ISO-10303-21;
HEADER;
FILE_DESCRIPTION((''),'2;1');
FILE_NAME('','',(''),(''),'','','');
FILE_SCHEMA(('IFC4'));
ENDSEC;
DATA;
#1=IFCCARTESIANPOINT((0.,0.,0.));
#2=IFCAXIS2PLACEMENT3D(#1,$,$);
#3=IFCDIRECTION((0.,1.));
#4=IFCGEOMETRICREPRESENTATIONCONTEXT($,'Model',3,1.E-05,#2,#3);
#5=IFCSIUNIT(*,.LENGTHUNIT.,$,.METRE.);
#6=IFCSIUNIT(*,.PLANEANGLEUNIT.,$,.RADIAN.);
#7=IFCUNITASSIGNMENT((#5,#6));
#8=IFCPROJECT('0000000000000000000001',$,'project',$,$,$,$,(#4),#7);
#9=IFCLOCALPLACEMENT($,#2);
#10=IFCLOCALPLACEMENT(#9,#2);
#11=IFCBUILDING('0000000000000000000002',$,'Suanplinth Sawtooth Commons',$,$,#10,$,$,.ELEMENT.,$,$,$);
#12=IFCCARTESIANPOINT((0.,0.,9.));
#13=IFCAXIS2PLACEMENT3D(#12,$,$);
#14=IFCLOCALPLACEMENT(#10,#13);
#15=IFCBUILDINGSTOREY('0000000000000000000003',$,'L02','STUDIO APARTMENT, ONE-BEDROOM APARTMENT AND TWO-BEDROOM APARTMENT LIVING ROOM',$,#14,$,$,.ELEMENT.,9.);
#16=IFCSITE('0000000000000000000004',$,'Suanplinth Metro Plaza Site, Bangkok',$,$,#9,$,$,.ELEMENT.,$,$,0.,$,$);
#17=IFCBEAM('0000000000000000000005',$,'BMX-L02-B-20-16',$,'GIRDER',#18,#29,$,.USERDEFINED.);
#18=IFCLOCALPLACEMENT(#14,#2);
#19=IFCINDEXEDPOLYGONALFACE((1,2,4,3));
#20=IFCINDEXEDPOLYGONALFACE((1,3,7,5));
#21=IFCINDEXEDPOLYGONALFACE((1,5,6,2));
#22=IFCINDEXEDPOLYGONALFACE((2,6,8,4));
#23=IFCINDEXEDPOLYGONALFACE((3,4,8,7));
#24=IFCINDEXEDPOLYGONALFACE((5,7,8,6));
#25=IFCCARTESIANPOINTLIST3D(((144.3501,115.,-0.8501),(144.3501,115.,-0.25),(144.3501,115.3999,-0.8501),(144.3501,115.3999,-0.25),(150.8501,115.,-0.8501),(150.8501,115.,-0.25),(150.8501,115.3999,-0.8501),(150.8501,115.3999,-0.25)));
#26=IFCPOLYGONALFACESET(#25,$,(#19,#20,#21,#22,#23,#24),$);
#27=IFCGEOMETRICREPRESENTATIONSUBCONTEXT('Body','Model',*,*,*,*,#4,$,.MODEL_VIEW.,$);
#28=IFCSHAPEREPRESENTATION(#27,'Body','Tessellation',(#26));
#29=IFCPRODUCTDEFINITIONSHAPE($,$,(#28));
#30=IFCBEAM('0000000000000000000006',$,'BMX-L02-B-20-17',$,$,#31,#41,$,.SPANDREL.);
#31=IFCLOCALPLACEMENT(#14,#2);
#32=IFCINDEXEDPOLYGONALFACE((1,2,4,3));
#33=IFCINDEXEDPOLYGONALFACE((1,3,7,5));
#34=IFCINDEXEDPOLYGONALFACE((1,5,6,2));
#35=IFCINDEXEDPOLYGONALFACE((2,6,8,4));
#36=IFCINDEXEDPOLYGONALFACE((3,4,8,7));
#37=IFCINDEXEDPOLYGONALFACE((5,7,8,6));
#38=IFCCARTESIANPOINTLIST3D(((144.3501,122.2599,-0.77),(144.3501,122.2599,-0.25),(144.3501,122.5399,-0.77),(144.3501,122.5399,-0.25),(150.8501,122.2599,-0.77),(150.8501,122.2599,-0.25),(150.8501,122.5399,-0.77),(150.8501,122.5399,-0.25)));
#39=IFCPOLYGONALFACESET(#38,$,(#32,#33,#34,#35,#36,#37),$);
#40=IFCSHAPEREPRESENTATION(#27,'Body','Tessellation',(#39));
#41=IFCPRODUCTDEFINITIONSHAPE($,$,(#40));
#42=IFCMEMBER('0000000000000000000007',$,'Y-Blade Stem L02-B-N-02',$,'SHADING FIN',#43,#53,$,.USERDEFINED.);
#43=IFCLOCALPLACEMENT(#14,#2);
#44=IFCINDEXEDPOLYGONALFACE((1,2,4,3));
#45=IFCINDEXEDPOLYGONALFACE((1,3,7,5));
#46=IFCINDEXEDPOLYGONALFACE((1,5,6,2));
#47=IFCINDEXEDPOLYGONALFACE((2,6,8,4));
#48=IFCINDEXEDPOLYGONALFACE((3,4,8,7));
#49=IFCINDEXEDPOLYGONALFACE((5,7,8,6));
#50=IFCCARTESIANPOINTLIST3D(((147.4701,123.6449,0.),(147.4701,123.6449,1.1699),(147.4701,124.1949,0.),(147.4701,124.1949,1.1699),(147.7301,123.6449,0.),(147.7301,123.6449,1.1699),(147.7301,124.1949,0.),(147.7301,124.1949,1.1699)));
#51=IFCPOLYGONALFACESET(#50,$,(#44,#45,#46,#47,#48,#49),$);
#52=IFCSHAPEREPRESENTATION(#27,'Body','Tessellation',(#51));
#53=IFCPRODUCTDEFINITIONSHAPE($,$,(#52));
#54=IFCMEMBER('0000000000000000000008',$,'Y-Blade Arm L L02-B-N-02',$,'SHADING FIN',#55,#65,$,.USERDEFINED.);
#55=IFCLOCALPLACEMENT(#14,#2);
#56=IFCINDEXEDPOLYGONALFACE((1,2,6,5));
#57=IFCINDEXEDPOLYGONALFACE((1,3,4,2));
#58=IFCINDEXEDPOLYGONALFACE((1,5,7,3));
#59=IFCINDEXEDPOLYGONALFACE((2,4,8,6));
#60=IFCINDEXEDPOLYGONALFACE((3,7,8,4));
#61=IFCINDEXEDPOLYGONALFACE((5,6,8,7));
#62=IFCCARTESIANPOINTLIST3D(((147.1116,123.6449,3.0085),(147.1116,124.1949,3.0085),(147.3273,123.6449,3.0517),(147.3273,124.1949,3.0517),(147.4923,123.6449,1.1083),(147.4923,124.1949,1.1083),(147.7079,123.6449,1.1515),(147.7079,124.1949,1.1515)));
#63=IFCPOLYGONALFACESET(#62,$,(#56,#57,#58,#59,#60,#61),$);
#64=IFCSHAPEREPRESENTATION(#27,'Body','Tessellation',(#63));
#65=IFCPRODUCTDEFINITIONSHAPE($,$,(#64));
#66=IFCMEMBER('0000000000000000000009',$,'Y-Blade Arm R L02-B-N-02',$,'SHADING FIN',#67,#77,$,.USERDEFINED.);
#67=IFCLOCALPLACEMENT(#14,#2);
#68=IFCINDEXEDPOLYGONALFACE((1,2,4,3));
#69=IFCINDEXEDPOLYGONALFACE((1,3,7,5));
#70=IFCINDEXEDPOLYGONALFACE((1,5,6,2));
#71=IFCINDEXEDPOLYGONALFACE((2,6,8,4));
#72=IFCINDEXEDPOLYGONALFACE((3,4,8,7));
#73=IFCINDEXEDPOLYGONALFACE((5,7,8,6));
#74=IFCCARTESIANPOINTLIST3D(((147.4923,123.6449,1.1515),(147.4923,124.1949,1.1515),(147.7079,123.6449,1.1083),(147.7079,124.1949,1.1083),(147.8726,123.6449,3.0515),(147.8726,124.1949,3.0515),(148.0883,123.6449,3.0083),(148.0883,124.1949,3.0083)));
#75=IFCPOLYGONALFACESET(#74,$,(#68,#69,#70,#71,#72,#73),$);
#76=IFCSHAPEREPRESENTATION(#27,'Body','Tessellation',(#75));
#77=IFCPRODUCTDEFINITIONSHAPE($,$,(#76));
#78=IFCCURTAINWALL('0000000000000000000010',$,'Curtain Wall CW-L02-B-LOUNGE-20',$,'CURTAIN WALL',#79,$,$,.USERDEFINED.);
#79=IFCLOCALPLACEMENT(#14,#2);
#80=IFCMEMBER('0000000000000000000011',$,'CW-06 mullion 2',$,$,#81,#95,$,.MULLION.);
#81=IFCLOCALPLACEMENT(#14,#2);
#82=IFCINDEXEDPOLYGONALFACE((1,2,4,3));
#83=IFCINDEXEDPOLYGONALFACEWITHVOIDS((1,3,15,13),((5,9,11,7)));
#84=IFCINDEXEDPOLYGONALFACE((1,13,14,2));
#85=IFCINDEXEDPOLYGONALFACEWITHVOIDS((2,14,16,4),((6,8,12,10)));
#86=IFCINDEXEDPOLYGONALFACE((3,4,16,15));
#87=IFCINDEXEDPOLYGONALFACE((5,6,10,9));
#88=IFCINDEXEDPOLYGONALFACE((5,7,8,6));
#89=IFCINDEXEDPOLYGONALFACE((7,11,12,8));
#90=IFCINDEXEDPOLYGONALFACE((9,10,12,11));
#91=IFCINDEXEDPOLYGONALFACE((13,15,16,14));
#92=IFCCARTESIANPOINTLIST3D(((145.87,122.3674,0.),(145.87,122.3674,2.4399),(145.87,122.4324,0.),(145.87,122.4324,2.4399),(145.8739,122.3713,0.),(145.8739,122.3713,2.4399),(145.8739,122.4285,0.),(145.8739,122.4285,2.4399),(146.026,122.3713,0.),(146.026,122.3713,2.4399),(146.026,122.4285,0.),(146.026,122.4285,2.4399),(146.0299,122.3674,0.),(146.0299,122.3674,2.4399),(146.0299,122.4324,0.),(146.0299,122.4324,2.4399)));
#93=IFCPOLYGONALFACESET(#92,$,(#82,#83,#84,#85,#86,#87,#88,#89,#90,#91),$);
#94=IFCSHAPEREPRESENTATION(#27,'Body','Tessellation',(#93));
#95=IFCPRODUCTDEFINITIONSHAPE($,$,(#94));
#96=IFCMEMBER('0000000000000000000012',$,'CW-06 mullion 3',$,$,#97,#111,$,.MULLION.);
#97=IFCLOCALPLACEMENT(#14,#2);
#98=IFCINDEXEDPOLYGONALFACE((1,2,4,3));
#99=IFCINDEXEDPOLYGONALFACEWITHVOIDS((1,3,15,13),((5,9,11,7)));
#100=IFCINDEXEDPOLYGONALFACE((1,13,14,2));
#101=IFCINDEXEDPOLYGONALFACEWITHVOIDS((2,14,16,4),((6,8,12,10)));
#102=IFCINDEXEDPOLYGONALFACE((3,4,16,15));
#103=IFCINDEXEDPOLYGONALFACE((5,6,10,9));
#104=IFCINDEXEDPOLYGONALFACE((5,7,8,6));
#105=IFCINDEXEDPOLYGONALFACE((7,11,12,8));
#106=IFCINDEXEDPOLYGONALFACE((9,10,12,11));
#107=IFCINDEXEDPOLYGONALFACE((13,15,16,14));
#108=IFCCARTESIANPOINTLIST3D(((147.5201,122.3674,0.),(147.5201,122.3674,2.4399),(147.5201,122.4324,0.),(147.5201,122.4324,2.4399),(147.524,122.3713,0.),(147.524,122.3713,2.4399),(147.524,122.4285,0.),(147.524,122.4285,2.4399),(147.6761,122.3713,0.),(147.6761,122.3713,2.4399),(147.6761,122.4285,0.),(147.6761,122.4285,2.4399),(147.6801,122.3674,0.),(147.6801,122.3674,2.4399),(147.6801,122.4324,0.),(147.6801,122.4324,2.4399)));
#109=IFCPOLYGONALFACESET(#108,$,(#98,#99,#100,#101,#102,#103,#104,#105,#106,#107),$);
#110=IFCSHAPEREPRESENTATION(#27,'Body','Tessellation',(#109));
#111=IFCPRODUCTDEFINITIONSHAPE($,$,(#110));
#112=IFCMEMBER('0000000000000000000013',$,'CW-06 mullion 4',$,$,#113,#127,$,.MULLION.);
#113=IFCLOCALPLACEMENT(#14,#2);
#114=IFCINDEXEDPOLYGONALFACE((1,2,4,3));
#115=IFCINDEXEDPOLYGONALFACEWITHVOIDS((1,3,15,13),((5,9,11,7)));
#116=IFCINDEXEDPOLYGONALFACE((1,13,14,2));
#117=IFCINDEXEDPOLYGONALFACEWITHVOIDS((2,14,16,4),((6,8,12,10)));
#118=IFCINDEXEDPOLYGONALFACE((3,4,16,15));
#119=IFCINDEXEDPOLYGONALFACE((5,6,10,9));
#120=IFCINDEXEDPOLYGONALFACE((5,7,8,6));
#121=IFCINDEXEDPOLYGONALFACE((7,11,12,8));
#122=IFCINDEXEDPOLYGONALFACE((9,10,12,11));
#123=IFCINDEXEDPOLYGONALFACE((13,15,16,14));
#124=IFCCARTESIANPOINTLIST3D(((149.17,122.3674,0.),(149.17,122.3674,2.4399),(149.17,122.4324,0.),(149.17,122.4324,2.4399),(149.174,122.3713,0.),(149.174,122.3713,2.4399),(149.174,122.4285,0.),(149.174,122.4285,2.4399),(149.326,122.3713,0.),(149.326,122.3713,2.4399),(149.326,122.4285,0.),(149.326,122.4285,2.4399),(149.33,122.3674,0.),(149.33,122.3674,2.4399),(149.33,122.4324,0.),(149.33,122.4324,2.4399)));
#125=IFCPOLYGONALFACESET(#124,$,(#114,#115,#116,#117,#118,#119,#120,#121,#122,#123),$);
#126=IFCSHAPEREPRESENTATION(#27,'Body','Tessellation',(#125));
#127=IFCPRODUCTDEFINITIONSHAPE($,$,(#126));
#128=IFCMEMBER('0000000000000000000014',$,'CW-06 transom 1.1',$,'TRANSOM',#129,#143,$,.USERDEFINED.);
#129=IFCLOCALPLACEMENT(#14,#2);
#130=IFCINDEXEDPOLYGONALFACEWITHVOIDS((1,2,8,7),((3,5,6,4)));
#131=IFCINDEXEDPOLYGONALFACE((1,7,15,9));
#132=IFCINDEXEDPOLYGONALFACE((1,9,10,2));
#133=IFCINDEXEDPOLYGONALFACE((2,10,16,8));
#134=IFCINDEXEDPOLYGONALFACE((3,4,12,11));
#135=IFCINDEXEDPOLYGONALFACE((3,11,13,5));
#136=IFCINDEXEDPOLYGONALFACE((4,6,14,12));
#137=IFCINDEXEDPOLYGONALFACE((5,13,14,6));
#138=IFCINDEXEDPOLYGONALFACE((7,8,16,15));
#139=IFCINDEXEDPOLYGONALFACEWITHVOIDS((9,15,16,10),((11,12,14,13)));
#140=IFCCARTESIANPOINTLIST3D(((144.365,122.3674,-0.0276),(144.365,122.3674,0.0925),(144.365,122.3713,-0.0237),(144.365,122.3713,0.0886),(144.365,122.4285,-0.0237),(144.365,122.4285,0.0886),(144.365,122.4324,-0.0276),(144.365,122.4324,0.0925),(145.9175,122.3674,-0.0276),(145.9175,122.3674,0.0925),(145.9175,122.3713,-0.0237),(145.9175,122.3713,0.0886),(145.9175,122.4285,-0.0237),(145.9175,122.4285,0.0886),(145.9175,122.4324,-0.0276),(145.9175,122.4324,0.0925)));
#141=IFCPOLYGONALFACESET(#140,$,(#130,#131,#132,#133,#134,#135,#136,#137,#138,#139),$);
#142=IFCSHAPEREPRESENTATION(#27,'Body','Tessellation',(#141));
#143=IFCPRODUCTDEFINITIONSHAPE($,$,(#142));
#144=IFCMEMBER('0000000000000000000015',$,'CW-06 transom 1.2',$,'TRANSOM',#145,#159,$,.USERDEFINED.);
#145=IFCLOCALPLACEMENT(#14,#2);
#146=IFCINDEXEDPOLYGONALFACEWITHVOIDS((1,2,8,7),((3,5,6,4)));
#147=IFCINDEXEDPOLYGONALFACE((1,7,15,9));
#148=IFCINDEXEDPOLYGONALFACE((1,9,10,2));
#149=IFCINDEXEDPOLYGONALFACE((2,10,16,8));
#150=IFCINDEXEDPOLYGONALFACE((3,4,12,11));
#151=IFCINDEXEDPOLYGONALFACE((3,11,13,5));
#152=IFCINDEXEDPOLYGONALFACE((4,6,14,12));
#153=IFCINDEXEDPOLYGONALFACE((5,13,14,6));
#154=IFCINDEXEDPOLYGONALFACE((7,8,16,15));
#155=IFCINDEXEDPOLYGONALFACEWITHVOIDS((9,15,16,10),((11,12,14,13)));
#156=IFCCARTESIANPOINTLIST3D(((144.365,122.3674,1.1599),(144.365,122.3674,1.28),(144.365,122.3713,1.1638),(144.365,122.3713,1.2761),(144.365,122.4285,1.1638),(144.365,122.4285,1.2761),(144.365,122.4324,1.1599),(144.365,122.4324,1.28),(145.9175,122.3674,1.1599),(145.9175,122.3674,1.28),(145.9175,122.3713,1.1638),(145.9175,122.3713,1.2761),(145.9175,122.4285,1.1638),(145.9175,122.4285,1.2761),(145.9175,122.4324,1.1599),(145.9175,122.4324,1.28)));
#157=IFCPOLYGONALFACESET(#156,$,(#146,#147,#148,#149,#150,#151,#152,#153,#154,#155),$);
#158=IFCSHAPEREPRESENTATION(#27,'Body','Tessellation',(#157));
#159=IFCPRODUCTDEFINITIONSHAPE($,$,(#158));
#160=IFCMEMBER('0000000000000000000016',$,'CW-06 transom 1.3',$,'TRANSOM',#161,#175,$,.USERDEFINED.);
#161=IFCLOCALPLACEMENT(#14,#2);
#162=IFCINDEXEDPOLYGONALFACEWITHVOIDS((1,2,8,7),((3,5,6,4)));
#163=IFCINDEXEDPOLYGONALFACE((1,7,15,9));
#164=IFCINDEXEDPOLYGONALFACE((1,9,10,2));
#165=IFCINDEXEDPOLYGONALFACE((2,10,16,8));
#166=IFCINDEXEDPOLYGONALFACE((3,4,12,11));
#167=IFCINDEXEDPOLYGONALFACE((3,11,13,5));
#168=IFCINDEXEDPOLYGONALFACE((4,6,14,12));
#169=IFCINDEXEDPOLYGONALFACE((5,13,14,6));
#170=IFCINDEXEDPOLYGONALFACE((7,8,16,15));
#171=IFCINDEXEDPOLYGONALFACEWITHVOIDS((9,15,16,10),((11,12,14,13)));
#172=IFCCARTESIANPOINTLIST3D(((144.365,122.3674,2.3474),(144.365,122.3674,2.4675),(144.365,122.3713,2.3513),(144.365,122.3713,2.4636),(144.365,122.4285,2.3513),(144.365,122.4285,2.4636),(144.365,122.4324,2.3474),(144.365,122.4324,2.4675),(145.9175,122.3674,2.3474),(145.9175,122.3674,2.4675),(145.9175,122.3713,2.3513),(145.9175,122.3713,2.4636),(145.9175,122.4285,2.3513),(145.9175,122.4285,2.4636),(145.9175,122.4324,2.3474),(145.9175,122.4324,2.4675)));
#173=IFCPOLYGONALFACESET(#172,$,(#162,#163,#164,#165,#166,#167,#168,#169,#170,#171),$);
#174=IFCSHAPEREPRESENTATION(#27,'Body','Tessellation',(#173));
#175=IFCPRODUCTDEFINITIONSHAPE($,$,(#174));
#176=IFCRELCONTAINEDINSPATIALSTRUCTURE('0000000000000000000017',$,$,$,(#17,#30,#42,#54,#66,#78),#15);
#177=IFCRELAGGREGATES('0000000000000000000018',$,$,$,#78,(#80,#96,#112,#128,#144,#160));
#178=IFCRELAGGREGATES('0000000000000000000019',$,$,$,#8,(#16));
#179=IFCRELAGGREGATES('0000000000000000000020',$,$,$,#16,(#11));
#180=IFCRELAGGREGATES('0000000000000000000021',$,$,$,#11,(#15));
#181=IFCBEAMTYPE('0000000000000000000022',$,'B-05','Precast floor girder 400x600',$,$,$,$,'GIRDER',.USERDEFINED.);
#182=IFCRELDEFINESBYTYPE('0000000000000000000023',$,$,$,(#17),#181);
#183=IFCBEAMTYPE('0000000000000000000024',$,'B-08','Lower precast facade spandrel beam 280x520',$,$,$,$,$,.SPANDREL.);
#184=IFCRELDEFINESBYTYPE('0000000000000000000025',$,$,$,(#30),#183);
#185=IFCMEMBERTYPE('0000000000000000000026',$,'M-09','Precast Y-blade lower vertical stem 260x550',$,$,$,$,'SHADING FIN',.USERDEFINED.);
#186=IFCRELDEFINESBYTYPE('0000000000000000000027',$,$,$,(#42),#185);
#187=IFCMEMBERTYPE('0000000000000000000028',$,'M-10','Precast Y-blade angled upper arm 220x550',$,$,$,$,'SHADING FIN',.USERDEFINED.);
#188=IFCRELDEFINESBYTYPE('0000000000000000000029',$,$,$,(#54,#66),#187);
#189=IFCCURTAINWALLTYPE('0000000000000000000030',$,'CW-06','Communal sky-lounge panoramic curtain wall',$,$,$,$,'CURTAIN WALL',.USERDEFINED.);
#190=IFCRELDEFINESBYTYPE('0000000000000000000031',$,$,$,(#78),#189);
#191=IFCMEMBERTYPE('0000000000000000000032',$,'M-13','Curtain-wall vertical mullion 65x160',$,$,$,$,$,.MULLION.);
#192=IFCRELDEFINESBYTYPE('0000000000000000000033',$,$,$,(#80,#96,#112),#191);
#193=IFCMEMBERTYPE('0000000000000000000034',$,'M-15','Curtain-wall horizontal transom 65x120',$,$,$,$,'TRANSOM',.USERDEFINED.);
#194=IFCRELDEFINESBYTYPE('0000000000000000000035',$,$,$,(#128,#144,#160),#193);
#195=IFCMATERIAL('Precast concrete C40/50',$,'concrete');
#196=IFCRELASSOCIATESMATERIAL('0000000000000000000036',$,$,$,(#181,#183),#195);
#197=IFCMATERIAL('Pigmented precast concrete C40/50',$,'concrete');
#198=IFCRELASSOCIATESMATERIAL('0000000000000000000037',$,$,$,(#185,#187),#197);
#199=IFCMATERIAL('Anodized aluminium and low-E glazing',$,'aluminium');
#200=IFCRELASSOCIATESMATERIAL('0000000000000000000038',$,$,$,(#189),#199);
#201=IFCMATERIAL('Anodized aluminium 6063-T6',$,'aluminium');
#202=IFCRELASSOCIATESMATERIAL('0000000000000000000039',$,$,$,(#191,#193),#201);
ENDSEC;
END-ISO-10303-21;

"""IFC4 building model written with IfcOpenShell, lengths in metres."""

from ifc_helpers import new_model, si_unit, direction, frame, origin, origin_2d, place, context, subcontext, project, spatial, rectangle, hollow_rectangle, extrude, material, material_profile, profile_set, type_object, element, aggregate, save


model = new_model("IFC4")

# Units and contexts
model_context = context("Model", 3, precision=1e-05, world=origin(), true_north=direction((0.0, 1.0)))
body_context = subcontext(model_context, "Body", "Model", "MODEL_VIEW")
ifc_project = project(units=[si_unit("LENGTHUNIT", "METRE"), si_unit("PLANEANGLEUNIT", "RADIAN")], contexts=[model_context])

# Site, building, storey
site_placement = place(None, origin())
site = spatial("IfcSite", under=ifc_project, at=site_placement, Name="Suanplinth Metro Plaza Site, Bangkok", CompositionType="ELEMENT", RefElevation=0.0)
building_placement = place(site_placement, origin())
building = spatial("IfcBuilding", under=site, at=building_placement, Name="Suanplinth Sawtooth Commons", CompositionType="ELEMENT")
storey_placement = place(building_placement, frame((0.0, 0.0, 9.0)))
storey = spatial("IfcBuildingStorey", under=building, at=storey_placement, Name="L02", Description="STUDIO APARTMENT, ONE-BEDROOM APARTMENT AND TWO-BEDROOM APARTMENT LIVING ROOM", CompositionType="ELEMENT", Elevation=9.0)

# Beams
ifc_material_1 = material(Name="Precast concrete C40/50", Category="concrete")
ifc_material_profile_1 = material_profile(ifc_material_1, rectangle(XDim=0.3999, YDim=0.6001, at=origin_2d()), Name="PC-GDR 400x600")
ifc_profile_set_1 = profile_set([ifc_material_profile_1], Name="Precast concrete C40/50")
beam_type_1 = type_object("IfcBeamType", Name="B-05", Description="Precast floor girder 400x600", ElementType="GIRDER", PredefinedType="USERDEFINED", material=ifc_profile_set_1)
beam_1_placement = place(storey_placement, frame((144.3501, 115.2, -0.55), z_axis=(1.0, 0.0, 0.0), x_axis=(0.0, 1.0, 0.0)))
element("IfcBeam", 1, at=beam_1_placement, inside=storey, type_object=beam_type_1, Name="BMX-L02-B-20-16", ObjectType="GIRDER", PredefinedType="USERDEFINED", context=body_context, shape_type="SweptSolid", body=[
    extrude(rectangle(XDim=0.3999, YDim=0.6001, at=origin_2d()), origin(), (0.0, 0.0, 1.0), 6.5),
])
ifc_material_profile_2 = material_profile(ifc_material_1, rectangle(XDim=0.28, YDim=0.52, at=origin_2d()), Name="PC-SP 280x520")
ifc_profile_set_2 = profile_set([ifc_material_profile_2], Name="Precast concrete C40/50")
beam_type_2 = type_object("IfcBeamType", Name="B-08", Description="Lower precast facade spandrel beam 280x520", PredefinedType="SPANDREL", material=ifc_profile_set_2)
beam_2_placement = place(storey_placement, frame((144.3501, 122.3999, -0.51), z_axis=(1.0, 0.0, 0.0), x_axis=(0.0, 1.0, 0.0)))
element("IfcBeam", 2, at=beam_2_placement, inside=storey, type_object=beam_type_2, Name="BMX-L02-B-20-17", PredefinedType="SPANDREL", context=body_context, shape_type="SweptSolid", body=[
    extrude(rectangle(XDim=0.28, YDim=0.52, at=origin_2d()), origin(), (0.0, 0.0, 1.0), 6.5),
])

# Members
ifc_material_2 = material(Name="Pigmented precast concrete C40/50", Category="concrete")
ifc_material_profile_3 = material_profile(ifc_material_2, rectangle(XDim=0.26, YDim=0.55, at=origin_2d()), Name="PC-FIN 260x550")
ifc_profile_set_3 = profile_set([ifc_material_profile_3], Name="Pigmented precast concrete C40/50")
member_type_1 = type_object("IfcMemberType", Name="M-09", Description="Precast Y-blade lower vertical stem 260x550", ElementType="SHADING FIN", PredefinedType="USERDEFINED", material=ifc_profile_set_3)
member_1_placement = place(storey_placement, frame((147.6001, 123.9199, 0.0), z_axis=(0.0, 0.0, 1.0), x_axis=(1.0, 0.0, 0.0)))
element("IfcMember", 3, at=member_1_placement, inside=storey, type_object=member_type_1, Name="Y-Blade Stem L02-B-N-02", ObjectType="SHADING FIN", PredefinedType="USERDEFINED", context=body_context, shape_type="SweptSolid", body=[
    extrude(rectangle(XDim=0.26, YDim=0.55, at=origin_2d()), origin(), (0.0, 0.0, 1.0), 1.1699),
])
ifc_material_profile_4 = material_profile(ifc_material_2, rectangle(XDim=0.22, YDim=0.55, at=origin_2d()), Name="PC-FIN 220x550")
ifc_profile_set_4 = profile_set([ifc_material_profile_4], Name="Pigmented precast concrete C40/50")
member_type_2 = type_object("IfcMemberType", Name="M-10", Description="Precast Y-blade angled upper arm 220x550", ElementType="SHADING FIN", PredefinedType="USERDEFINED", material=ifc_profile_set_4)
member_2_placement = place(storey_placement, frame((147.6001, 123.9199, 1.1299), z_axis=(-0.196407, 0.0, 0.980522), x_axis=(0.980522, 0.0, 0.196407)))
element("IfcMember", 4, at=member_2_placement, inside=storey, type_object=member_type_2, Name="Y-Blade Arm L L02-B-N-02", ObjectType="SHADING FIN", PredefinedType="USERDEFINED", context=body_context, shape_type="SweptSolid", body=[
    extrude(rectangle(XDim=0.22, YDim=0.55, at=origin_2d()), origin(), (0.0, 0.0, 1.0), 1.938),
])
member_3_placement = place(storey_placement, frame((147.6001, 123.9199, 1.1299), z_axis=(0.196286, 0.0, 0.980547), x_axis=(-0.980547, 0.0, 0.196286)))
element("IfcMember", 5, at=member_3_placement, inside=storey, type_object=member_type_2, Name="Y-Blade Arm R L02-B-N-02", ObjectType="SHADING FIN", PredefinedType="USERDEFINED", context=body_context, shape_type="SweptSolid", body=[
    extrude(rectangle(XDim=0.22, YDim=0.55, at=origin_2d()), origin(), (0.0, 0.0, 1.0), 1.9377),
])

# Curtain wall, members
ifc_material_3 = material(Name="Anodized aluminium and low-E glazing", Category="aluminium")
curtain_wall_type = type_object("IfcCurtainWallType", Name="CW-06", Description="Communal sky-lounge panoramic curtain wall", ElementType="CURTAIN WALL", PredefinedType="USERDEFINED", material=ifc_material_3)
curtain_wall_placement = place(storey_placement, origin())
curtain_wall = element("IfcCurtainWall", 6, at=curtain_wall_placement, inside=storey, type_object=curtain_wall_type, Name="Curtain Wall CW-L02-B-LOUNGE-20", ObjectType="CURTAIN WALL", PredefinedType="USERDEFINED")
ifc_material_4 = material(Name="Anodized aluminium 6063-T6", Category="aluminium")
ifc_material_profile_5 = material_profile(ifc_material_4, hollow_rectangle(XDim=0.0649, YDim=0.1599, WallThickness=0.0039, at=origin_2d()), Name="ALU-MUL 65x160")
ifc_profile_set_5 = profile_set([ifc_material_profile_5], Name="Anodized aluminium 6063-T6")
member_type_3 = type_object("IfcMemberType", Name="M-13", Description="Curtain-wall vertical mullion 65x160", PredefinedType="MULLION", material=ifc_profile_set_5)
member_4_placement = place(storey_placement, frame((145.95, 122.3999, 0.0), z_axis=(0.0, 0.0, 1.0), x_axis=(0.0, 1.0, 0.0)))
member_4 = element("IfcMember", 7, at=member_4_placement, type_object=member_type_3, Name="CW-06 mullion 2", PredefinedType="MULLION", context=body_context, shape_type="SweptSolid", body=[
    extrude(hollow_rectangle(XDim=0.0649, YDim=0.1599, WallThickness=0.0039, at=origin_2d()), origin(), (0.0, 0.0, 1.0), 2.4399),
])
member_5_placement = place(storey_placement, frame((147.6001, 122.3999, 0.0), z_axis=(0.0, 0.0, 1.0), x_axis=(0.0, 1.0, 0.0)))
member_5 = element("IfcMember", 8, at=member_5_placement, type_object=member_type_3, Name="CW-06 mullion 3", PredefinedType="MULLION", context=body_context, shape_type="SweptSolid", body=[
    extrude(hollow_rectangle(XDim=0.0649, YDim=0.1599, WallThickness=0.0039, at=origin_2d()), origin(), (0.0, 0.0, 1.0), 2.4399),
])
member_6_placement = place(storey_placement, frame((149.25, 122.3999, 0.0), z_axis=(0.0, 0.0, 1.0), x_axis=(0.0, 1.0, 0.0)))
member_6 = element("IfcMember", 9, at=member_6_placement, type_object=member_type_3, Name="CW-06 mullion 4", PredefinedType="MULLION", context=body_context, shape_type="SweptSolid", body=[
    extrude(hollow_rectangle(XDim=0.0649, YDim=0.1599, WallThickness=0.0039, at=origin_2d()), origin(), (0.0, 0.0, 1.0), 2.4399),
])
ifc_material_profile_6 = material_profile(ifc_material_4, hollow_rectangle(XDim=0.0649, YDim=0.1201, WallThickness=0.0039, at=origin_2d()), Name="ALU-TRN 65x120")
ifc_profile_set_6 = profile_set([ifc_material_profile_6], Name="Anodized aluminium 6063-T6")
member_type_4 = type_object("IfcMemberType", Name="M-15", Description="Curtain-wall horizontal transom 65x120", ElementType="TRANSOM", PredefinedType="USERDEFINED", material=ifc_profile_set_6)
member_7_placement = place(storey_placement, frame((144.365, 122.3999, 0.0325), z_axis=(1.0, 0.0, 0.0), x_axis=(0.0, 1.0, 0.0)))
member_7 = element("IfcMember", 10, at=member_7_placement, type_object=member_type_4, Name="CW-06 transom 1.1", ObjectType="TRANSOM", PredefinedType="USERDEFINED", context=body_context, shape_type="SweptSolid", body=[
    extrude(hollow_rectangle(XDim=0.0649, YDim=0.1201, WallThickness=0.0039, at=origin_2d()), origin(), (0.0, 0.0, 1.0), 1.5525),
])
member_8_placement = place(storey_placement, frame((144.365, 122.3999, 1.22), z_axis=(1.0, 0.0, 0.0), x_axis=(0.0, 1.0, 0.0)))
member_8 = element("IfcMember", 11, at=member_8_placement, type_object=member_type_4, Name="CW-06 transom 1.2", ObjectType="TRANSOM", PredefinedType="USERDEFINED", context=body_context, shape_type="SweptSolid", body=[
    extrude(hollow_rectangle(XDim=0.0649, YDim=0.1201, WallThickness=0.0039, at=origin_2d()), origin(), (0.0, 0.0, 1.0), 1.5525),
])
member_9_placement = place(storey_placement, frame((144.365, 122.3999, 2.4075), z_axis=(1.0, 0.0, 0.0), x_axis=(0.0, 1.0, 0.0)))
member_9 = element("IfcMember", 12, at=member_9_placement, type_object=member_type_4, Name="CW-06 transom 1.3", ObjectType="TRANSOM", PredefinedType="USERDEFINED", context=body_context, shape_type="SweptSolid", body=[
    extrude(hollow_rectangle(XDim=0.0649, YDim=0.1201, WallThickness=0.0039, at=origin_2d()), origin(), (0.0, 0.0, 1.0), 1.5525),
])

aggregate(curtain_wall, [member_4, member_5, member_6, member_7, member_8, member_9])

save(model, "model.ifc")
